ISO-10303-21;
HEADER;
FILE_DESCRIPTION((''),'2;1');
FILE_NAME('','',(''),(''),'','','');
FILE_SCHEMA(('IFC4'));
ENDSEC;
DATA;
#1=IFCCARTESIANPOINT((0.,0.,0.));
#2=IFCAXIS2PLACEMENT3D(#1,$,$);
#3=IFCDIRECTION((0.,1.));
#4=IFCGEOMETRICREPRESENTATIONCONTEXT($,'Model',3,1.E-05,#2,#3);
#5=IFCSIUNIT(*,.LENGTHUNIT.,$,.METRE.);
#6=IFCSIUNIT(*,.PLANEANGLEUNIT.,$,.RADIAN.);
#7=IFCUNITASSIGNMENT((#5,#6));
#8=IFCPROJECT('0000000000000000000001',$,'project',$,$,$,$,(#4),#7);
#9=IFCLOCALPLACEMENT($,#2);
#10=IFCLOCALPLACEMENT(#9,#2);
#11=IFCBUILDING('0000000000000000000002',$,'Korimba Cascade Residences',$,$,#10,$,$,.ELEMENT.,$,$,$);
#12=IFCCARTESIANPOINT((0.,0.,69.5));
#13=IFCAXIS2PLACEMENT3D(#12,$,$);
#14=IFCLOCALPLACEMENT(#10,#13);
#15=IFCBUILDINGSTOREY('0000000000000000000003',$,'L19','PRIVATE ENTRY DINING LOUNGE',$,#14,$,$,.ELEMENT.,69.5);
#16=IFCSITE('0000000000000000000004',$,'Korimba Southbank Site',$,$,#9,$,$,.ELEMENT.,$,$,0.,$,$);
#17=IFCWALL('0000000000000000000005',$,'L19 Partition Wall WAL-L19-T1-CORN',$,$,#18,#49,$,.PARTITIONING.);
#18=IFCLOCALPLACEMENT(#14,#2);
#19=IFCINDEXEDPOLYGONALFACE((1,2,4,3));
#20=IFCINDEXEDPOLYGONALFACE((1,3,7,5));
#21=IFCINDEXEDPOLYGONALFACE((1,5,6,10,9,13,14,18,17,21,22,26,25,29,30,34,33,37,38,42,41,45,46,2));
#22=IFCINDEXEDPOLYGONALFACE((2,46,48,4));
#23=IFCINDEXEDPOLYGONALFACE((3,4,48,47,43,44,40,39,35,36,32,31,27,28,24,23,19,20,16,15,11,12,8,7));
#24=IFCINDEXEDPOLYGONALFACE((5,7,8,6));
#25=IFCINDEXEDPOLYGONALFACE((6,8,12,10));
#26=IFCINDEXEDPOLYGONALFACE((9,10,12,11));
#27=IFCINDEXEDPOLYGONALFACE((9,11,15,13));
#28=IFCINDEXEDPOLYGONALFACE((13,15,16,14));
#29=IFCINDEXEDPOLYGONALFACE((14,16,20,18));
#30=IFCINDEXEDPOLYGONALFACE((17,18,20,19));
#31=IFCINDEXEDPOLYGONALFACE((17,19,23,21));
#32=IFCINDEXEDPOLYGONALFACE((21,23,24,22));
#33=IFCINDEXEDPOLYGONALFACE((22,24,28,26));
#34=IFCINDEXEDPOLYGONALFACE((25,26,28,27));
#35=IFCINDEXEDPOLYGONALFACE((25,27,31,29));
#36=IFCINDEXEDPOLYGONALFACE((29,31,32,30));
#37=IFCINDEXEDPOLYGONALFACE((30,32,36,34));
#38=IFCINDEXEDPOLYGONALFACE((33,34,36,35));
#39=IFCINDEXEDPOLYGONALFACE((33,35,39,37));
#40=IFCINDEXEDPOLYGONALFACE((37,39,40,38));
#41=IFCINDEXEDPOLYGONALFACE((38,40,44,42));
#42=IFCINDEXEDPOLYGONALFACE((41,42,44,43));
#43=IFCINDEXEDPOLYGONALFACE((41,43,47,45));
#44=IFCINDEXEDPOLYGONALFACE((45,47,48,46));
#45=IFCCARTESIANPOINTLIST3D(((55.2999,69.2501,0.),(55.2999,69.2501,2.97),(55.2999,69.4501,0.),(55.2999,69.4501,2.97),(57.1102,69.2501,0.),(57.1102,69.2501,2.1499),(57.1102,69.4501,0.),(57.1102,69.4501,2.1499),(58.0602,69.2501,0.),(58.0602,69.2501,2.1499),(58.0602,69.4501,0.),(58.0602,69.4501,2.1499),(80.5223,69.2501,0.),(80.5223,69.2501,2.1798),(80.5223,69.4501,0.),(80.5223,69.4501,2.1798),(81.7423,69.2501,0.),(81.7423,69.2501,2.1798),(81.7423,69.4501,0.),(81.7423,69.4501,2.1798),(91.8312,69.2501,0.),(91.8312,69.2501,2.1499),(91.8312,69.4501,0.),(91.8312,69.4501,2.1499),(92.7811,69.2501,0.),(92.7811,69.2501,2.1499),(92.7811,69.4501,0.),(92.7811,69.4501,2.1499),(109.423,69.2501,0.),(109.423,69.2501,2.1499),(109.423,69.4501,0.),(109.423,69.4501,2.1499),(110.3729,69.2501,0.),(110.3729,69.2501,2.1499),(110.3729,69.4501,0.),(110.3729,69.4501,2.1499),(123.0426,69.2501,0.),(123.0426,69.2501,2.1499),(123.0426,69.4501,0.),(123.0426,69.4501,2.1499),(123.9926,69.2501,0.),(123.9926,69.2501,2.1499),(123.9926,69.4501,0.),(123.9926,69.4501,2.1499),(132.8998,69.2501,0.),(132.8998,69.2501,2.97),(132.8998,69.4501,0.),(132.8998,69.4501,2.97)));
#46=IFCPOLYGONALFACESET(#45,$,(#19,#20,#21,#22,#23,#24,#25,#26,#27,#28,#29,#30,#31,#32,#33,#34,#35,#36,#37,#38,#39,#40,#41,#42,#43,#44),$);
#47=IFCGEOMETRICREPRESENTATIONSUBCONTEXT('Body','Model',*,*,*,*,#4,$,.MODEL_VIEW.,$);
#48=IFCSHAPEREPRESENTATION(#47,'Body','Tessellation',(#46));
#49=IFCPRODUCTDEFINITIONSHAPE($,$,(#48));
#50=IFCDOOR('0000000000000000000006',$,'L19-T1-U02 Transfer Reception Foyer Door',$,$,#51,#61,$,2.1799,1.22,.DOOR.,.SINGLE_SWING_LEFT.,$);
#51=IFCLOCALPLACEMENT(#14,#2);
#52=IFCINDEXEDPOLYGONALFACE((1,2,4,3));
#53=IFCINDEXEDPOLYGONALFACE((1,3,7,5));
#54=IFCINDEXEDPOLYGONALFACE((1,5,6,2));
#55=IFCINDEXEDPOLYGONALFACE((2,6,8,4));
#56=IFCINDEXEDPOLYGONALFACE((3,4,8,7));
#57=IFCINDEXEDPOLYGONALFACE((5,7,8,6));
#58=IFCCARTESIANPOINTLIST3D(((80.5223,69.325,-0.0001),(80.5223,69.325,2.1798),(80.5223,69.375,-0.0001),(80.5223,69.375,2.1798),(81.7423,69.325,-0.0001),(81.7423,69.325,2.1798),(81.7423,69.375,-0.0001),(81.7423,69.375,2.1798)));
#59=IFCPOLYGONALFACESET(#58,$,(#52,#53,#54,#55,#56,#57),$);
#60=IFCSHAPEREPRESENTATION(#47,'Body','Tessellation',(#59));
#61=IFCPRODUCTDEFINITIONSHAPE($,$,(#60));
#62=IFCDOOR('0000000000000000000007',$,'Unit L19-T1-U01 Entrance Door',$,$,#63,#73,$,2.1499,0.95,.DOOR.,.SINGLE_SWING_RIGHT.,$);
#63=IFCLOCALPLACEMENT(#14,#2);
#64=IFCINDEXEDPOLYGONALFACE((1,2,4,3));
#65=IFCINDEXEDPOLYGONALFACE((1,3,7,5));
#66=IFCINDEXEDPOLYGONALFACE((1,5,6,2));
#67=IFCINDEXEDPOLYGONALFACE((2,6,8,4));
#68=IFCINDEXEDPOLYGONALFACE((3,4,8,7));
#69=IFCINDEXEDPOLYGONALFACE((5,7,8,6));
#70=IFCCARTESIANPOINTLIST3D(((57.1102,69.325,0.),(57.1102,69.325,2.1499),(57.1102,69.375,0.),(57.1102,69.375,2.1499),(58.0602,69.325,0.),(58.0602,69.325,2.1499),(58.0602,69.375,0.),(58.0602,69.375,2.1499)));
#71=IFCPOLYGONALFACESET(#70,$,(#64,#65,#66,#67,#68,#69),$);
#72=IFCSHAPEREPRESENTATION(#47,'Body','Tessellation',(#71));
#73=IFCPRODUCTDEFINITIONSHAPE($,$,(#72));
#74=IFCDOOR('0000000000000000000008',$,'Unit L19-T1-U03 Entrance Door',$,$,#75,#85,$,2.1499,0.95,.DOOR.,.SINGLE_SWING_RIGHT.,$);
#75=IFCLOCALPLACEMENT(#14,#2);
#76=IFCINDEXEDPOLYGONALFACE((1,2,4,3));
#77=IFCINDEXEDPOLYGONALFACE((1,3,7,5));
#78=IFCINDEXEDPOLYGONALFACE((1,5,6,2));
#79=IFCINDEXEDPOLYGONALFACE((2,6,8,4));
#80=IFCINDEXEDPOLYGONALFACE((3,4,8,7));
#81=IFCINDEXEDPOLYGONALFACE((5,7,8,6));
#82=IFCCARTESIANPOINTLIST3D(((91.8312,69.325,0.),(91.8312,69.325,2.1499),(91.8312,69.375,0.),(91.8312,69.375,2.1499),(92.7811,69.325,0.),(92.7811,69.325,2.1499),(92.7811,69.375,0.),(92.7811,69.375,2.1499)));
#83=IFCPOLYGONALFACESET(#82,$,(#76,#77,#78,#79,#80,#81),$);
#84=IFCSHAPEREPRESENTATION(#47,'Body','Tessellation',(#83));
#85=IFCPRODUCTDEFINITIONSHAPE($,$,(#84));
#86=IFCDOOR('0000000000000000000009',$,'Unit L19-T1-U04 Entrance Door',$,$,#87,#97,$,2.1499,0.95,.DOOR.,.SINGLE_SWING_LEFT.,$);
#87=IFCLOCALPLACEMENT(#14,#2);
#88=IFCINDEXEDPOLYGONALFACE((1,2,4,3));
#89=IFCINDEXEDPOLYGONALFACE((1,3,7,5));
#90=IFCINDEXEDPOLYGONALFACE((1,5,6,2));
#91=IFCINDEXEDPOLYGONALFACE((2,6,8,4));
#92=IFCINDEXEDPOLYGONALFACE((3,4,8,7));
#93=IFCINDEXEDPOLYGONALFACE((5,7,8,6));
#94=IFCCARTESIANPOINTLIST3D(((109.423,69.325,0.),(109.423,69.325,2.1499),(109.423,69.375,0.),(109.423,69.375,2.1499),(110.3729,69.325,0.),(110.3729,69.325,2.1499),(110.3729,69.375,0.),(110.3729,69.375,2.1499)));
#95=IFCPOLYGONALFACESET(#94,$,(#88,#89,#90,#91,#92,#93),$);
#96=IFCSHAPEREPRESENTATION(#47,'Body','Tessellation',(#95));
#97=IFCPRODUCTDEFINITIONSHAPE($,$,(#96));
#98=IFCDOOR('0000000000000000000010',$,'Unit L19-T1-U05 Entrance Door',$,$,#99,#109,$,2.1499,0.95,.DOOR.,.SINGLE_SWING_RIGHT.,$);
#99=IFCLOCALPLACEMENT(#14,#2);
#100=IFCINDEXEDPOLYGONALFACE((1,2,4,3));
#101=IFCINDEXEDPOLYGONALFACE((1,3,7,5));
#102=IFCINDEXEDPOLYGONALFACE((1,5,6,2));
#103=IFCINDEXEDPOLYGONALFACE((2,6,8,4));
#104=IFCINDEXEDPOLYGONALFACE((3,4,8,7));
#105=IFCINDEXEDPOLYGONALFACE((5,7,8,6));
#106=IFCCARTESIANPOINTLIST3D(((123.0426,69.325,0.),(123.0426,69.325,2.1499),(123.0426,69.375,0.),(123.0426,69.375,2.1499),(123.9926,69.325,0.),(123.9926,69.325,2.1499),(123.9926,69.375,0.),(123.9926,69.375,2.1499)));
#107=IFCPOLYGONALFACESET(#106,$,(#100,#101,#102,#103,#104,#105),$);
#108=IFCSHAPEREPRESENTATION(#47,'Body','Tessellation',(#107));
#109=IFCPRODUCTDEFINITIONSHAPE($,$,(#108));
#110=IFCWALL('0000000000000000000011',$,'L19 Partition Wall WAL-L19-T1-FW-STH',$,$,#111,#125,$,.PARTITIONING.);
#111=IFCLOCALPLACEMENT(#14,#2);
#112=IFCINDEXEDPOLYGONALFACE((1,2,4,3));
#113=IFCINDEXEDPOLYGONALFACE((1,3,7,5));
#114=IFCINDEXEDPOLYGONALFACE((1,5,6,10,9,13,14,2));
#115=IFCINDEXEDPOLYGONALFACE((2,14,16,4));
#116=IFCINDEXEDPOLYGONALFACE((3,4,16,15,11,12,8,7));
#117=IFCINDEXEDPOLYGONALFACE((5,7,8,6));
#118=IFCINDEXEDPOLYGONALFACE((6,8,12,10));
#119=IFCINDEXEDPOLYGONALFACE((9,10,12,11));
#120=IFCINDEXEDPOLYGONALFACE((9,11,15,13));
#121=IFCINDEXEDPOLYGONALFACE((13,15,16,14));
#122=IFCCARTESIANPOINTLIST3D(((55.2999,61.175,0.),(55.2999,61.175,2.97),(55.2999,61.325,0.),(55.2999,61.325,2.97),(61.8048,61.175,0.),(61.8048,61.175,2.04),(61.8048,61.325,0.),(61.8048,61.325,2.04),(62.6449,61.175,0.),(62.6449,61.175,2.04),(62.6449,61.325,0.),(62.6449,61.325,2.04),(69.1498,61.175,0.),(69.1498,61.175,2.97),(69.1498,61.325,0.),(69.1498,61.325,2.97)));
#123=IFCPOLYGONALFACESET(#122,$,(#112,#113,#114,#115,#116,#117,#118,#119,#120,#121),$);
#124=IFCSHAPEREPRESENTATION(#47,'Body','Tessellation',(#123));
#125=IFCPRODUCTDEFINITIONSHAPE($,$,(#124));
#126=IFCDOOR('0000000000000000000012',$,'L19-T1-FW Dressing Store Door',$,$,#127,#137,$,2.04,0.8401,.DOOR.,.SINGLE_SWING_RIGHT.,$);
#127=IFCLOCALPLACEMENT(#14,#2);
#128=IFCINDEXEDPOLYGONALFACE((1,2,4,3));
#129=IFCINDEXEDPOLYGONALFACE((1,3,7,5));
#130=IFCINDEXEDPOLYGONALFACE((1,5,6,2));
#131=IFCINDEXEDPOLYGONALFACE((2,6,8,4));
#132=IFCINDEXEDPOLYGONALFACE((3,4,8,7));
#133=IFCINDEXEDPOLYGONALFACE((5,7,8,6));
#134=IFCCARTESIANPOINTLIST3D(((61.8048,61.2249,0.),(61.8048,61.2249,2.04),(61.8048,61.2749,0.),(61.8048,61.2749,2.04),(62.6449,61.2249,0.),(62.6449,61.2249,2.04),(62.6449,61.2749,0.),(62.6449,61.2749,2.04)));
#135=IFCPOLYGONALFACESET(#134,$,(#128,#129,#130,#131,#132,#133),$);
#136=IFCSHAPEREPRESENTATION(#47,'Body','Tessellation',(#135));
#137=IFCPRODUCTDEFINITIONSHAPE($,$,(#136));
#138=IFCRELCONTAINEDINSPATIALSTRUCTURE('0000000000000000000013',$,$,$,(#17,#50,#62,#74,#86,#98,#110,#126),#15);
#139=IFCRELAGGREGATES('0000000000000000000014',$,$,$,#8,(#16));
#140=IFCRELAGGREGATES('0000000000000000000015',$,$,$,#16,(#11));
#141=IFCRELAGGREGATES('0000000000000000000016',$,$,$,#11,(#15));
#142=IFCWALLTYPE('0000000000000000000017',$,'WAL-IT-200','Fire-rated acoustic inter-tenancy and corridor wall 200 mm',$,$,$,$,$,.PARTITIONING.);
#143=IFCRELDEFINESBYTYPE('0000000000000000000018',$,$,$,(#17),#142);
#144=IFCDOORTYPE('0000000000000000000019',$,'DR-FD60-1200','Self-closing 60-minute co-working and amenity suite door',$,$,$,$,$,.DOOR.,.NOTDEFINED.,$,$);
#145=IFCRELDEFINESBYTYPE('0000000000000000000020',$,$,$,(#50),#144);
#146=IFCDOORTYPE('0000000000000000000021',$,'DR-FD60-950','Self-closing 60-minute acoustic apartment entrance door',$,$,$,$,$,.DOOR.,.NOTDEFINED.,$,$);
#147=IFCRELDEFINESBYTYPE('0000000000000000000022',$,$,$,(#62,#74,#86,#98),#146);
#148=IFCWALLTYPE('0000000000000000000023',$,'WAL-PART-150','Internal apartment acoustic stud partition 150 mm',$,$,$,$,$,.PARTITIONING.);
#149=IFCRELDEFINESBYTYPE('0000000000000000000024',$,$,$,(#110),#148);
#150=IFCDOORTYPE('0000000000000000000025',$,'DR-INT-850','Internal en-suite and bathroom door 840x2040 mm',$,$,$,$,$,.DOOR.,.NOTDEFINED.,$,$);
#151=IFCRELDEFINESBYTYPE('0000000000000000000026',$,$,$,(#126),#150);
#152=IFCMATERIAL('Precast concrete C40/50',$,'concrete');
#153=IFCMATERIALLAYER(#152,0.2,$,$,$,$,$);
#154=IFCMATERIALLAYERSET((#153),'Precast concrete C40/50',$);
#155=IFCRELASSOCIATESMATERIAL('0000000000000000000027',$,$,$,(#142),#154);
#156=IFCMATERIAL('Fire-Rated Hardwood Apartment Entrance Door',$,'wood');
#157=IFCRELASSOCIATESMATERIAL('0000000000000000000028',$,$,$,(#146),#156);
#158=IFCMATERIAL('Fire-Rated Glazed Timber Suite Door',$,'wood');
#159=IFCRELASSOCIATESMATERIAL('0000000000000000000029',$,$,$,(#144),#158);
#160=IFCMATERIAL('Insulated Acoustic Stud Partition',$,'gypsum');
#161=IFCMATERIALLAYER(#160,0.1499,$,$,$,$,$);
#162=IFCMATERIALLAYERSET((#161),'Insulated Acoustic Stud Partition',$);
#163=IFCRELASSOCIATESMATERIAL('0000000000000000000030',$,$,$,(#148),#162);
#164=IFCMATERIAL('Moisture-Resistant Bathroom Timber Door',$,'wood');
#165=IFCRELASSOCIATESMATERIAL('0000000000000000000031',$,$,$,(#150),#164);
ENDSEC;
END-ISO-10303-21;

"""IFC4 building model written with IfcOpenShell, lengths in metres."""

from ifc_helpers import new_model, si_unit, direction, frame, frame_2d, origin, place, context, subcontext, project, spatial, rectangle, extrude, material, layer, layer_set, type_object, element, fill, save


model = new_model("IFC4")

# Units and contexts
model_context = context("Model", 3, precision=1e-05, world=origin(), true_north=direction((0.0, 1.0)))
body_context = subcontext(model_context, "Body", "Model", "MODEL_VIEW")
ifc_project = project(units=[si_unit("LENGTHUNIT", "METRE"), si_unit("PLANEANGLEUNIT", "RADIAN")], contexts=[model_context])

# Site, building, storey
site_placement = place(None, origin())
site = spatial("IfcSite", under=ifc_project, at=site_placement, Name="Korimba Southbank Site", CompositionType="ELEMENT", RefElevation=0.0)
building_placement = place(site_placement, origin())
building = spatial("IfcBuilding", under=site, at=building_placement, Name="Korimba Cascade Residences", CompositionType="ELEMENT")
storey_placement = place(building_placement, frame((0.0, 0.0, 69.5)))
storey = spatial("IfcBuildingStorey", under=building, at=storey_placement, Name="L19", Description="PRIVATE ENTRY DINING LOUNGE", CompositionType="ELEMENT", Elevation=69.5)

# Shared definitions
ifc_material_1 = material(Name="Precast concrete C40/50", Category="concrete")
ifc_layer_1 = layer(ifc_material_1, 0.2)
ifc_layer_set_1 = layer_set([ifc_layer_1], Name="Precast concrete C40/50")
wall_type_1 = type_object("IfcWallType", Name="WAL-IT-200", Description="Fire-rated acoustic inter-tenancy and corridor wall 200 mm", PredefinedType="PARTITIONING", material=ifc_layer_set_1)
ifc_material_2 = material(Name="Fire-Rated Hardwood Apartment Entrance Door", Category="wood")
door_type_1 = type_object("IfcDoorType", Name="DR-FD60-950", Description="Self-closing 60-minute acoustic apartment entrance door", OperationType="NOTDEFINED", PredefinedType="DOOR", material=ifc_material_2)

# Wall, openings, doors
wall_1_placement = place(storey_placement, frame((55.3, 69.3501, 0.0), z_axis=(0.0, 0.0, 1.0), x_axis=(1.0, 0.0, 0.0)))
wall_1 = element("IfcWall", 1, at=wall_1_placement, inside=storey, type_object=wall_type_1, Name="L19 Partition Wall WAL-L19-T1-CORN", PredefinedType="PARTITIONING", context=body_context, shape_type="SweptSolid", body=[
    extrude(rectangle(XDim=77.5999, YDim=0.2, at=frame_2d((38.7998, 0.0))), origin(), (0.0, 0.0, 1.0), 2.97),
])
opening_1_placement = place(wall_1_placement, frame((1.8101, 0.0, 0.0)))
opening_1 = element("IfcOpeningElement", 2, at=opening_1_placement, cuts=wall_1, PredefinedType="OPENING", context=body_context, shape_type="SweptSolid", body=[
    extrude(rectangle(XDim=0.95, YDim=2.1499, at=frame_2d((0.4751, 1.075))), frame((0.0, 0.1099, 0.0), z_axis=(0.0, -1.0, 0.0), x_axis=(1.0, 0.0, 0.0)), (0.0, 0.0, 1.0), 0.22),
])
opening_2_placement = place(wall_1_placement, frame((25.2224, 0.0, 0.0)))
opening_2 = element("IfcOpeningElement", 3, at=opening_2_placement, cuts=wall_1, PredefinedType="OPENING", context=body_context, shape_type="SweptSolid", body=[
    extrude(rectangle(XDim=1.22, YDim=2.1799, at=frame_2d((0.6099, 1.0898))), frame((0.0, 0.1099, 0.0), z_axis=(0.0, -1.0, 0.0), x_axis=(1.0, 0.0, 0.0)), (0.0, 0.0, 1.0), 0.22),
])
opening_3_placement = place(wall_1_placement, frame((36.531, 0.0, 0.0)))
opening_3 = element("IfcOpeningElement", 4, at=opening_3_placement, cuts=wall_1, PredefinedType="OPENING", context=body_context, shape_type="SweptSolid", body=[
    extrude(rectangle(XDim=0.95, YDim=2.1499, at=frame_2d((0.4751, 1.075))), frame((0.0, 0.1099, 0.0), z_axis=(0.0, -1.0, 0.0), x_axis=(1.0, 0.0, 0.0)), (0.0, 0.0, 1.0), 0.22),
])
opening_4_placement = place(wall_1_placement, frame((54.1228, 0.0, 0.0)))
opening_4 = element("IfcOpeningElement", 5, at=opening_4_placement, cuts=wall_1, PredefinedType="OPENING", context=body_context, shape_type="SweptSolid", body=[
    extrude(rectangle(XDim=0.95, YDim=2.1499, at=frame_2d((0.4751, 1.075))), frame((0.0, 0.1099, 0.0), z_axis=(0.0, -1.0, 0.0), x_axis=(1.0, 0.0, 0.0)), (0.0, 0.0, 1.0), 0.22),
])
opening_5_placement = place(wall_1_placement, frame((67.7424, 0.0, 0.0)))
opening_5 = element("IfcOpeningElement", 6, at=opening_5_placement, cuts=wall_1, PredefinedType="OPENING", context=body_context, shape_type="SweptSolid", body=[
    extrude(rectangle(XDim=0.95, YDim=2.1499, at=frame_2d((0.4751, 1.075))), frame((0.0, 0.1099, 0.0), z_axis=(0.0, -1.0, 0.0), x_axis=(1.0, 0.0, 0.0)), (0.0, 0.0, 1.0), 0.22),
])
ifc_material_3 = material(Name="Fire-Rated Glazed Timber Suite Door", Category="wood")
door_type_2 = type_object("IfcDoorType", Name="DR-FD60-1200", Description="Self-closing 60-minute co-working and amenity suite door", OperationType="NOTDEFINED", PredefinedType="DOOR", material=ifc_material_3)
door_1_placement = place(opening_2_placement, origin())
door_1 = element("IfcDoor", 7, at=door_1_placement, inside=storey, type_object=door_type_2, Name="L19-T1-U02 Transfer Reception Foyer Door", OperationType="SINGLE_SWING_LEFT", OverallHeight=2.1799, OverallWidth=1.22, PredefinedType="DOOR", context=body_context, shape_type="SweptSolid", body=[
    extrude(rectangle(XDim=1.22, YDim=2.1799, at=frame_2d((0.6099, 1.0898))), frame((0.0, 0.0249, 0.0), z_axis=(0.0, -1.0, 0.0), x_axis=(1.0, 0.0, 0.0)), (0.0, 0.0, 1.0), 0.05),
])
fill(opening_2, door_1)
door_2_placement = place(opening_1_placement, origin())
door_2 = element("IfcDoor", 8, at=door_2_placement, inside=storey, type_object=door_type_1, Name="Unit L19-T1-U01 Entrance Door", OperationType="SINGLE_SWING_RIGHT", OverallHeight=2.1499, OverallWidth=0.95, PredefinedType="DOOR", context=body_context, shape_type="SweptSolid", body=[
    extrude(rectangle(XDim=0.95, YDim=2.1499, at=frame_2d((0.4751, 1.075))), frame((0.0, 0.0249, 0.0), z_axis=(0.0, -1.0, 0.0), x_axis=(1.0, 0.0, 0.0)), (0.0, 0.0, 1.0), 0.05),
])
fill(opening_1, door_2)
door_3_placement = place(opening_3_placement, origin())
door_3 = element("IfcDoor", 9, at=door_3_placement, inside=storey, type_object=door_type_1, Name="Unit L19-T1-U03 Entrance Door", OperationType="SINGLE_SWING_RIGHT", OverallHeight=2.1499, OverallWidth=0.95, PredefinedType="DOOR", context=body_context, shape_type="SweptSolid", body=[
    extrude(rectangle(XDim=0.95, YDim=2.1499, at=frame_2d((0.4751, 1.075))), frame((0.0, 0.0249, 0.0), z_axis=(0.0, -1.0, 0.0), x_axis=(1.0, 0.0, 0.0)), (0.0, 0.0, 1.0), 0.05),
])
fill(opening_3, door_3)
door_4_placement = place(opening_4_placement, origin())
door_4 = element("IfcDoor", 10, at=door_4_placement, inside=storey, type_object=door_type_1, Name="Unit L19-T1-U04 Entrance Door", OperationType="SINGLE_SWING_LEFT", OverallHeight=2.1499, OverallWidth=0.95, PredefinedType="DOOR", context=body_context, shape_type="SweptSolid", body=[
    extrude(rectangle(XDim=0.95, YDim=2.1499, at=frame_2d((0.4751, 1.075))), frame((0.0, 0.0249, 0.0), z_axis=(0.0, -1.0, 0.0), x_axis=(1.0, 0.0, 0.0)), (0.0, 0.0, 1.0), 0.05),
])
fill(opening_4, door_4)
door_5_placement = place(opening_5_placement, origin())
door_5 = element("IfcDoor", 11, at=door_5_placement, inside=storey, type_object=door_type_1, Name="Unit L19-T1-U05 Entrance Door", OperationType="SINGLE_SWING_RIGHT", OverallHeight=2.1499, OverallWidth=0.95, PredefinedType="DOOR", context=body_context, shape_type="SweptSolid", body=[
    extrude(rectangle(XDim=0.95, YDim=2.1499, at=frame_2d((0.4751, 1.075))), frame((0.0, 0.0249, 0.0), z_axis=(0.0, -1.0, 0.0), x_axis=(1.0, 0.0, 0.0)), (0.0, 0.0, 1.0), 0.05),
])
fill(opening_5, door_5)

# Wall, opening, door
ifc_material_4 = material(Name="Insulated Acoustic Stud Partition", Category="gypsum")
ifc_layer_2 = layer(ifc_material_4, 0.1499)
ifc_layer_set_2 = layer_set([ifc_layer_2], Name="Insulated Acoustic Stud Partition")
wall_type_2 = type_object("IfcWallType", Name="WAL-PART-150", Description="Internal apartment acoustic stud partition 150 mm", PredefinedType="PARTITIONING", material=ifc_layer_set_2)
wall_2_placement = place(storey_placement, frame((55.3, 61.25, 0.0), z_axis=(0.0, 0.0, 1.0), x_axis=(1.0, 0.0, 0.0)))
wall_2 = element("IfcWall", 12, at=wall_2_placement, inside=storey, type_object=wall_type_2, Name="L19 Partition Wall WAL-L19-T1-FW-STH", PredefinedType="PARTITIONING", context=body_context, shape_type="SweptSolid", body=[
    extrude(rectangle(XDim=13.8499, YDim=0.1499, at=frame_2d((6.9248, 0.0))), origin(), (0.0, 0.0, 1.0), 2.97),
])
opening_6_placement = place(wall_2_placement, frame((6.5049, 0.0, 0.0)))
opening_6 = element("IfcOpeningElement", 13, at=opening_6_placement, cuts=wall_2, PredefinedType="OPENING", context=body_context, shape_type="SweptSolid", body=[
    extrude(rectangle(XDim=0.8401, YDim=2.04, at=frame_2d((0.4199, 1.02))), frame((0.0, 0.085, 0.0), z_axis=(0.0, -1.0, 0.0), x_axis=(1.0, 0.0, 0.0)), (0.0, 0.0, 1.0), 0.1699),
])
ifc_material_5 = material(Name="Moisture-Resistant Bathroom Timber Door", Category="wood")
door_type_3 = type_object("IfcDoorType", Name="DR-INT-850", Description="Internal en-suite and bathroom door 840x2040 mm", OperationType="NOTDEFINED", PredefinedType="DOOR", material=ifc_material_5)
door_6_placement = place(opening_6_placement, origin())
door_6 = element("IfcDoor", 14, at=door_6_placement, inside=storey, type_object=door_type_3, Name="L19-T1-FW Dressing Store Door", OperationType="SINGLE_SWING_RIGHT", OverallHeight=2.04, OverallWidth=0.8401, PredefinedType="DOOR", context=body_context, shape_type="SweptSolid", body=[
    extrude(rectangle(XDim=0.8401, YDim=2.04, at=frame_2d((0.4199, 1.02))), frame((0.0, 0.0249, 0.0), z_axis=(0.0, -1.0, 0.0), x_axis=(1.0, 0.0, 0.0)), (0.0, 0.0, 1.0), 0.05),
])
fill(opening_6, door_6)

save(model, "model.ifc")
